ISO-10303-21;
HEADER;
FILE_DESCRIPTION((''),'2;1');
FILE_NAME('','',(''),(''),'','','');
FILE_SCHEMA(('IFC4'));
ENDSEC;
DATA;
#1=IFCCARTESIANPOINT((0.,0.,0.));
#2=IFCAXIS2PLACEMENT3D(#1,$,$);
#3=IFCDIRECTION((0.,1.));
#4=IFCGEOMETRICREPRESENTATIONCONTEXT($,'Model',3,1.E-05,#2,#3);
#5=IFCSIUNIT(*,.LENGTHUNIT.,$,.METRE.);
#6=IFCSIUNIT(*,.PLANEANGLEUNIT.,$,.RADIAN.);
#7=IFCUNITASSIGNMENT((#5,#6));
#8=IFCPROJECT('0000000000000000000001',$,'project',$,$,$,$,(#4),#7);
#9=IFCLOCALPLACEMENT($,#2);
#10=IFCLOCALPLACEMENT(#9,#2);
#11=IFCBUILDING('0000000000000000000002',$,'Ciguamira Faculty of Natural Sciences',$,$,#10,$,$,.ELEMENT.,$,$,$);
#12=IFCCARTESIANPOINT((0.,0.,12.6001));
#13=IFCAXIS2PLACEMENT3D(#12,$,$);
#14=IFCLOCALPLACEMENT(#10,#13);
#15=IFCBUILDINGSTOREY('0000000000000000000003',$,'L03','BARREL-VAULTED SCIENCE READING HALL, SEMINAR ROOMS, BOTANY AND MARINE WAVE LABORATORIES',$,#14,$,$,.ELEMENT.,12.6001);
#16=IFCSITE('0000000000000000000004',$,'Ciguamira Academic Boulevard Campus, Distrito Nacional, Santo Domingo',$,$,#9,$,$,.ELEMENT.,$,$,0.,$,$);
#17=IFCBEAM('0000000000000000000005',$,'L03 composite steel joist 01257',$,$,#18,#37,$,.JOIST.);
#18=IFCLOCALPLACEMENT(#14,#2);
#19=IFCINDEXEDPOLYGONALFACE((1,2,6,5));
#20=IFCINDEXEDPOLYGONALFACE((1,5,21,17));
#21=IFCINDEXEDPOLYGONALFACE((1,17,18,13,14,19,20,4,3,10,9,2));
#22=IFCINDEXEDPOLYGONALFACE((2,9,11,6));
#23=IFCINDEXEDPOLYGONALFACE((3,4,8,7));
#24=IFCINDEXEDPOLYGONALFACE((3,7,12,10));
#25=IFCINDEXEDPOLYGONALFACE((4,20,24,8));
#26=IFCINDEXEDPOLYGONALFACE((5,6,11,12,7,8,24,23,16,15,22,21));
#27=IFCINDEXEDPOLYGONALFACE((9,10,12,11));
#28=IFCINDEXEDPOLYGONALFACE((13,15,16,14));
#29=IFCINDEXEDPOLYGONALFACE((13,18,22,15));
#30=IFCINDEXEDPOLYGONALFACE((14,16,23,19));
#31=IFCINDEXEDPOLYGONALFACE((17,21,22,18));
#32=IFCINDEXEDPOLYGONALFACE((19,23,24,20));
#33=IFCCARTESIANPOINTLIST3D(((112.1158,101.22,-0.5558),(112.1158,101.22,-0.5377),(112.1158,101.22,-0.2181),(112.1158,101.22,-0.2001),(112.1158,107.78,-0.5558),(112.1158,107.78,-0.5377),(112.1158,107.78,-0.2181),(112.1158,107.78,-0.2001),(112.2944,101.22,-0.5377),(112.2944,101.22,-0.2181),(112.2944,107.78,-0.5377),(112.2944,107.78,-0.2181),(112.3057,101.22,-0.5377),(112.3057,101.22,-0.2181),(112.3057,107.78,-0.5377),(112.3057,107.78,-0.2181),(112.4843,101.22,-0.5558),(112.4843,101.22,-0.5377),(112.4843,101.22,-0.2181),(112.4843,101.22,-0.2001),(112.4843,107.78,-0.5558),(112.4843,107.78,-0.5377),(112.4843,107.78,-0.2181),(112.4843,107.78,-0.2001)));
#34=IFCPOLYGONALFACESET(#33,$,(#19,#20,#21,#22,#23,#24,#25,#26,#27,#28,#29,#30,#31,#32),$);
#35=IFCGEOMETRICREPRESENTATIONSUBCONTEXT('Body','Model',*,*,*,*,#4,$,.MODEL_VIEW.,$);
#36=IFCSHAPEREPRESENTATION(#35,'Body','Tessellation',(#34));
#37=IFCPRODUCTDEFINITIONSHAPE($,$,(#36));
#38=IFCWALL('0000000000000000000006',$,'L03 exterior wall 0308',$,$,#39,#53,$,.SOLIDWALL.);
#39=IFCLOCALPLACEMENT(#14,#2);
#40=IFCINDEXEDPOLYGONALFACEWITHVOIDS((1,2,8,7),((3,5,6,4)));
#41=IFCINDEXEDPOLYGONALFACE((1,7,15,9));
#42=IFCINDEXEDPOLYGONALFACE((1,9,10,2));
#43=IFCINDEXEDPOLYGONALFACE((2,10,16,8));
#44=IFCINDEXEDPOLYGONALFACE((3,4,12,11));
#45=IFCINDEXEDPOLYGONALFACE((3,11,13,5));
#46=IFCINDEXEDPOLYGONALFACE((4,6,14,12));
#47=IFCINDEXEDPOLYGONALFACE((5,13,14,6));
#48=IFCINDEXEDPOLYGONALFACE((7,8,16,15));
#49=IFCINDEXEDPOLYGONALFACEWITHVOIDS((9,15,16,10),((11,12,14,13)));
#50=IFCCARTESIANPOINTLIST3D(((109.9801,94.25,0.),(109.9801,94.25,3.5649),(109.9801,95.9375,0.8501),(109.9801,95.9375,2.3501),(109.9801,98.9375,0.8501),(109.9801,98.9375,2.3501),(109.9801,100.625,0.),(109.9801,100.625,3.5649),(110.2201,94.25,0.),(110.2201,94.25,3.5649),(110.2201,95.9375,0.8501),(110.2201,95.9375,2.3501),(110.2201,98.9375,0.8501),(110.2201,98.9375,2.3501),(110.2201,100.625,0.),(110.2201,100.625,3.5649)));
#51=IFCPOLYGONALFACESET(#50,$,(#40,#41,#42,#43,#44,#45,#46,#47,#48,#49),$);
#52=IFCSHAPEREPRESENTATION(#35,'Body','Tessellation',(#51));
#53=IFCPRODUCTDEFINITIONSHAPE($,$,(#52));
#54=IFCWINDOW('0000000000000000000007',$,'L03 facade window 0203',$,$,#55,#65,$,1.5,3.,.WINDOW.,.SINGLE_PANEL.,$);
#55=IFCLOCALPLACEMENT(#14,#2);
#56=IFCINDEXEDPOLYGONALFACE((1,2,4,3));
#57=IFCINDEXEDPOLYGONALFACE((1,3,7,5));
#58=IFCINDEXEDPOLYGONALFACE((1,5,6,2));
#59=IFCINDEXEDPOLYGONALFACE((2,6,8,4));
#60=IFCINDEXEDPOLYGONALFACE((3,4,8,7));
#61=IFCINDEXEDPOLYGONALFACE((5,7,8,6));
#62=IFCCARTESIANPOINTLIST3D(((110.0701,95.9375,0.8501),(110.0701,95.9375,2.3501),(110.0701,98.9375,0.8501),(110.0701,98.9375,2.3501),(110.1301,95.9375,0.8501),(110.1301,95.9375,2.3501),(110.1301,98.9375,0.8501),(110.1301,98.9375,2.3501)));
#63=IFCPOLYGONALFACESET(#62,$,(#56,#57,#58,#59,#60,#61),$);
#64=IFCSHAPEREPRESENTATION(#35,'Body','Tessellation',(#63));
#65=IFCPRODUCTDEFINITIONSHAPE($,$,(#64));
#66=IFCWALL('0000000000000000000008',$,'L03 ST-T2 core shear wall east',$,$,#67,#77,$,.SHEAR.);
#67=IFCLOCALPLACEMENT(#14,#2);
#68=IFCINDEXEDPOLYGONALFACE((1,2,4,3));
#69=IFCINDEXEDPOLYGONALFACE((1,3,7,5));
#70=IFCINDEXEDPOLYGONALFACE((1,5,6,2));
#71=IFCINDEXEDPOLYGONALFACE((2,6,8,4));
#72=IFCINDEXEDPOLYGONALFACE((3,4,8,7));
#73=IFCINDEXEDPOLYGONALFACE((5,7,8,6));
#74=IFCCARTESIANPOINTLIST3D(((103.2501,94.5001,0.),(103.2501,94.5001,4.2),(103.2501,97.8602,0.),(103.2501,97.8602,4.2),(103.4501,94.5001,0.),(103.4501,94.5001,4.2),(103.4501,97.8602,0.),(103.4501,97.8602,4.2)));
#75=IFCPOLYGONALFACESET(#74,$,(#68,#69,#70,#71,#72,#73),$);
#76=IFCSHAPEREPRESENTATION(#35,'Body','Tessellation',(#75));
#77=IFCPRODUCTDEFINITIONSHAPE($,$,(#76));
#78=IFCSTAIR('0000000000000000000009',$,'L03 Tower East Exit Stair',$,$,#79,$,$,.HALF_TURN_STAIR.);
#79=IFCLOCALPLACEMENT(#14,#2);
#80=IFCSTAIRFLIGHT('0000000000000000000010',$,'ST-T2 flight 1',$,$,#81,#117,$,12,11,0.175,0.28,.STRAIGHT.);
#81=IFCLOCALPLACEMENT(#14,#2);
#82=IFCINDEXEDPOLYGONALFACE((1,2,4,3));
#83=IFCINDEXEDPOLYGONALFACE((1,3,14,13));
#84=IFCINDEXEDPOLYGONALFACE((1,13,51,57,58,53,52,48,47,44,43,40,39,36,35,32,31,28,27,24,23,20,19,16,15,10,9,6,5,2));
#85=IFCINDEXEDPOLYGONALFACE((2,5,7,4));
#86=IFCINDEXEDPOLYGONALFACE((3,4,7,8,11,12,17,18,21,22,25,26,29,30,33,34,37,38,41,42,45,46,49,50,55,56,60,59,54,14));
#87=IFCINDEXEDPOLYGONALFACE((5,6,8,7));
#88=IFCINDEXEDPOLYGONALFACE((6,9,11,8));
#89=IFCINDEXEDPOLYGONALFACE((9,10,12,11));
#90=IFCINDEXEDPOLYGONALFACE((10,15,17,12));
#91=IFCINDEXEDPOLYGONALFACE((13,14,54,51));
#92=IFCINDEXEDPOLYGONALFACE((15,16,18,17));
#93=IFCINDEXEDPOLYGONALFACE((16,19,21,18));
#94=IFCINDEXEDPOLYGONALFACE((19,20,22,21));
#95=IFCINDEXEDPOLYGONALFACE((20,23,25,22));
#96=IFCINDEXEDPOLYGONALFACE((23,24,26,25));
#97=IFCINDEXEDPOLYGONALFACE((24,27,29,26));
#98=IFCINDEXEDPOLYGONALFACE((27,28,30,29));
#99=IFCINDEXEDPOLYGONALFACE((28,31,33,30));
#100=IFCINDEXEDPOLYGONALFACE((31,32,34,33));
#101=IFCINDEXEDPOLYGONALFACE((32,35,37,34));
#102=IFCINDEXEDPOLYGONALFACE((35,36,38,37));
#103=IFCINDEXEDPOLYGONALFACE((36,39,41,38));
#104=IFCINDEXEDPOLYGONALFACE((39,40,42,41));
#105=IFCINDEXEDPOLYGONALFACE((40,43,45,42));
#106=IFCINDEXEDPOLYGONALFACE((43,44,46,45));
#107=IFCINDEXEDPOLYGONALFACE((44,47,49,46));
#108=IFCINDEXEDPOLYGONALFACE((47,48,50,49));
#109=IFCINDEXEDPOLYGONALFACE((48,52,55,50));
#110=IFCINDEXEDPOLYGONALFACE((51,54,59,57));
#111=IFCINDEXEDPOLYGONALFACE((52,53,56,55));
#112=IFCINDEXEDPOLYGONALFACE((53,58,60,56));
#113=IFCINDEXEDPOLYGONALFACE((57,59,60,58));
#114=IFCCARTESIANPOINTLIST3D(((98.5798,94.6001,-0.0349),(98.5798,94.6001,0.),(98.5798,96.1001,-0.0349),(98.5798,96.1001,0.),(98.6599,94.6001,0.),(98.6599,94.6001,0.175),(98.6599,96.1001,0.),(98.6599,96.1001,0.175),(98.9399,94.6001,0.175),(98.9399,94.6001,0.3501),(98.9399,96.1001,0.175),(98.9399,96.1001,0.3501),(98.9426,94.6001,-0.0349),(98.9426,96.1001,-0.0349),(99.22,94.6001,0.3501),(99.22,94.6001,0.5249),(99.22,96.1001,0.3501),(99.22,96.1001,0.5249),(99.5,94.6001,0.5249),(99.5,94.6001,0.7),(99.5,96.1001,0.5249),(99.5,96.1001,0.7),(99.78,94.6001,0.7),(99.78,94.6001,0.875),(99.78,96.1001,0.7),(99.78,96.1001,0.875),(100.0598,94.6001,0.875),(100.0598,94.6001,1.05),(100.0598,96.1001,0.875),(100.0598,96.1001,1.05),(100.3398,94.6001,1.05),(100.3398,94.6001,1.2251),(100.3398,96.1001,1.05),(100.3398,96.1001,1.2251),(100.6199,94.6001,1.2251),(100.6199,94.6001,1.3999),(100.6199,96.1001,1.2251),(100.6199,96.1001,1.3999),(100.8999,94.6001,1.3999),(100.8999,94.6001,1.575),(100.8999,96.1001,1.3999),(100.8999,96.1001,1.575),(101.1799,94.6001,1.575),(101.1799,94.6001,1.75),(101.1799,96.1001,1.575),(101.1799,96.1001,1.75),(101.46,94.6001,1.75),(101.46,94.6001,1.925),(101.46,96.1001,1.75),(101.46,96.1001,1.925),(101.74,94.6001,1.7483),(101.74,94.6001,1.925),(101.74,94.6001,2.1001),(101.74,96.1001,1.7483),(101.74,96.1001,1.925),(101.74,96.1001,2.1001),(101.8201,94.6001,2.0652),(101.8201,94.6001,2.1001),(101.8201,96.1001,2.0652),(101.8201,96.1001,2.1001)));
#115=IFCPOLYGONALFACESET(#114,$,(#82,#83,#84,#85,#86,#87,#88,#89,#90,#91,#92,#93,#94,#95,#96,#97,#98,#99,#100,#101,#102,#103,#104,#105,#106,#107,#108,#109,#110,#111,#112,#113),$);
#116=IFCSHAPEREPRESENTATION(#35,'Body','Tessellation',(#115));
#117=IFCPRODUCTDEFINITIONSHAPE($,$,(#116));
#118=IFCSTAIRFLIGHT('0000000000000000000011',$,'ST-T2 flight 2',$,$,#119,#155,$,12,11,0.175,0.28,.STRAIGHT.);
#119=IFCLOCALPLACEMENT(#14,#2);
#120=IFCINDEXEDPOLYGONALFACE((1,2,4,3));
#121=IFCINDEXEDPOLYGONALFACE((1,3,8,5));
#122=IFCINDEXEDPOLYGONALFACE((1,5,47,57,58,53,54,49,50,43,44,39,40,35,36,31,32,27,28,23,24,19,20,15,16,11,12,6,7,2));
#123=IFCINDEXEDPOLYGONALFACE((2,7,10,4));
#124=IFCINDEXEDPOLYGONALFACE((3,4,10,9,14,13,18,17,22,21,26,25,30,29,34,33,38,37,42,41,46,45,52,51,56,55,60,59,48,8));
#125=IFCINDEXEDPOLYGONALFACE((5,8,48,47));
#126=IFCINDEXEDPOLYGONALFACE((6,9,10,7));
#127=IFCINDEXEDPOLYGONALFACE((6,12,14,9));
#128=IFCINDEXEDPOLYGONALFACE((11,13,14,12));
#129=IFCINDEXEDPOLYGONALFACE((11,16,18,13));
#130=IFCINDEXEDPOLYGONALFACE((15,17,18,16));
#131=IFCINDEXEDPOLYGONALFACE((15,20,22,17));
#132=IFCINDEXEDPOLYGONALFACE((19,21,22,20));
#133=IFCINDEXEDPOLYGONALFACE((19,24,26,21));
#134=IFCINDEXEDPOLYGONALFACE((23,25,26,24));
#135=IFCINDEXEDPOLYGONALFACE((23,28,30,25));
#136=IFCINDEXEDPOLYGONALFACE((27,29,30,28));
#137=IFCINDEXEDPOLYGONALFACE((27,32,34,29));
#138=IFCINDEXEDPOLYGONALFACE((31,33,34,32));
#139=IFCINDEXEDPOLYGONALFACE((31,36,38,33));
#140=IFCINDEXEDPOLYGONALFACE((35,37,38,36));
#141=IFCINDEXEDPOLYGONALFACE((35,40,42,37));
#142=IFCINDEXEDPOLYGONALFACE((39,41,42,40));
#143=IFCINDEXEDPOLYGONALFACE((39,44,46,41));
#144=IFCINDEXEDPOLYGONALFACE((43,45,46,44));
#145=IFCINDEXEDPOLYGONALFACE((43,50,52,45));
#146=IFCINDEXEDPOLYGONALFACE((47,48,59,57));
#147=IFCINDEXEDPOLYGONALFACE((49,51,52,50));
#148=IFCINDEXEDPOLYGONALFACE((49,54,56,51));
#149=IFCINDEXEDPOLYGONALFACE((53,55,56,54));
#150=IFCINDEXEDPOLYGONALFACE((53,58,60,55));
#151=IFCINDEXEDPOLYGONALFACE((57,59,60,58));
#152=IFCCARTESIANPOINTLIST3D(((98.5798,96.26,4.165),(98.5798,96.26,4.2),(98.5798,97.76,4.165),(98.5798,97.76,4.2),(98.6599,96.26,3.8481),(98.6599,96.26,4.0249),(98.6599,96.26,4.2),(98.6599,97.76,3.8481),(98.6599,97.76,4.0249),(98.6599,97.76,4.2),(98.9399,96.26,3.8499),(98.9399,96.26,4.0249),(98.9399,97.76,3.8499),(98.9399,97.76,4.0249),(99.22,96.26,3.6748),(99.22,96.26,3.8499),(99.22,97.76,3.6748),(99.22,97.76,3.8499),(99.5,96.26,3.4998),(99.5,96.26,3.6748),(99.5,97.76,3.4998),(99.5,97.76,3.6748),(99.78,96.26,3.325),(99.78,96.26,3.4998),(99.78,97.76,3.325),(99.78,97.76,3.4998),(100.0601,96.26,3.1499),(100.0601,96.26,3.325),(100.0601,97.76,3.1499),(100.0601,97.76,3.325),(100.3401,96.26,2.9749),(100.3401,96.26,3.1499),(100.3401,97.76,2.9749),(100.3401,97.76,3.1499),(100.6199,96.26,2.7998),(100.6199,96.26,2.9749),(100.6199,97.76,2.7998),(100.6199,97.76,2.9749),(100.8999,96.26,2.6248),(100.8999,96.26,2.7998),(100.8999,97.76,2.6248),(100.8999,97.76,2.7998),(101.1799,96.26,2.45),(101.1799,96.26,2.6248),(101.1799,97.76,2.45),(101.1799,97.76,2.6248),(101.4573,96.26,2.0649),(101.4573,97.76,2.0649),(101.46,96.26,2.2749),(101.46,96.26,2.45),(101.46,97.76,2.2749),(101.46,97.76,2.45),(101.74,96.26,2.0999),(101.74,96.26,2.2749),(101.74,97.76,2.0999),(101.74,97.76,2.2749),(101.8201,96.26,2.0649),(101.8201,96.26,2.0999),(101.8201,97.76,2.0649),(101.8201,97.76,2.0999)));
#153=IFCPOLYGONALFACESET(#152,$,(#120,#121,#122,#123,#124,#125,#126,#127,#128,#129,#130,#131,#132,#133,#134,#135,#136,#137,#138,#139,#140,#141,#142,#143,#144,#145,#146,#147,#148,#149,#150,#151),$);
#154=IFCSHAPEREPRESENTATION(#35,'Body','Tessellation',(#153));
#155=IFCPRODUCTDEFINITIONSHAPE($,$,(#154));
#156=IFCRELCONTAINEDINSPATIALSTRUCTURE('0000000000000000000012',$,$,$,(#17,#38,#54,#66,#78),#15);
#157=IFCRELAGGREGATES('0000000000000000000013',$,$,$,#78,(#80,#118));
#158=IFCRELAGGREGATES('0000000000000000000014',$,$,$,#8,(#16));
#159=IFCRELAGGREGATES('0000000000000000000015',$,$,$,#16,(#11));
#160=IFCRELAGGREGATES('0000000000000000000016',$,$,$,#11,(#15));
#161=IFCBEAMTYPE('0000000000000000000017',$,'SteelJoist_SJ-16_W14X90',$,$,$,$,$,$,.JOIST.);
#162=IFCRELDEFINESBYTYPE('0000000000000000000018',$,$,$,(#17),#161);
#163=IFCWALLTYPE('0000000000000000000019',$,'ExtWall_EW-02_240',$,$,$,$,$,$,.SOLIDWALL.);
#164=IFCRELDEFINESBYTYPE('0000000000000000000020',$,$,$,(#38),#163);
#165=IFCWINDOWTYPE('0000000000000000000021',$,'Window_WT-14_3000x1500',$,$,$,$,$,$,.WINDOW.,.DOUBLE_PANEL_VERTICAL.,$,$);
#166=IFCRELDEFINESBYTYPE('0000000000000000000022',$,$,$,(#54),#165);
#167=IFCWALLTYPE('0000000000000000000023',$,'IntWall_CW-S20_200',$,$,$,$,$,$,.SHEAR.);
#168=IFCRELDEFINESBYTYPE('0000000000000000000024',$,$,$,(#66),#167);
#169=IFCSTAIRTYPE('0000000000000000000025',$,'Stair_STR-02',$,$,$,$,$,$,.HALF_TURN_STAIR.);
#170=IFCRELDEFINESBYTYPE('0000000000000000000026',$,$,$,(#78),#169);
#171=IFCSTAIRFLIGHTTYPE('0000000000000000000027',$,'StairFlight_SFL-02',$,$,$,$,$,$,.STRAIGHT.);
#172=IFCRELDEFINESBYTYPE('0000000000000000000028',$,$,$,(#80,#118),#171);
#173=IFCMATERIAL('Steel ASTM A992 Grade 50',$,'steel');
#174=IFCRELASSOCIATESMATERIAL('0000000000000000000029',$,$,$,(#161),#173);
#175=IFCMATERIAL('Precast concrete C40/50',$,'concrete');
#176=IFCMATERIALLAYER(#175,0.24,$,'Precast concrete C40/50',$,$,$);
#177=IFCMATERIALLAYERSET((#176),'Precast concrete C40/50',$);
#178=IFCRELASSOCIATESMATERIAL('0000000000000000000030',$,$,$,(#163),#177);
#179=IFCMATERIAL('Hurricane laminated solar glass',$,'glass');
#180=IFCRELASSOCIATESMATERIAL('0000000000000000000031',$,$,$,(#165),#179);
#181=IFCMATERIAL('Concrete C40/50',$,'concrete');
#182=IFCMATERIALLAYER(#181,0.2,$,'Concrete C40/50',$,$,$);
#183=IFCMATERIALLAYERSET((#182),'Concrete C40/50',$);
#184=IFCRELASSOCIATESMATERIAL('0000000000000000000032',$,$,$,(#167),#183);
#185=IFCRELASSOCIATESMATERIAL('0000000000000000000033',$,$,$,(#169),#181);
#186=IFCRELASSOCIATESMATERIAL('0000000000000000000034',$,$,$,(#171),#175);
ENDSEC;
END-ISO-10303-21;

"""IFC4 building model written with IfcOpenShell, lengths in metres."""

from ifc_helpers import new_model, si_unit, direction, frame, frame_2d, origin, origin_2d, place, context, subcontext, project, spatial, polyline, rectangle, i_section, outline, extrude, material, layer, layer_set, material_profile, profile_set, type_object, element, fill, aggregate, save


model = new_model("IFC4")

# Units and contexts
model_context = context("Model", 3, precision=1e-05, world=origin(), true_north=direction((0.0, 1.0)))
body_context = subcontext(model_context, "Body", "Model", "MODEL_VIEW")
ifc_project = project(units=[si_unit("LENGTHUNIT", "METRE"), si_unit("PLANEANGLEUNIT", "RADIAN")], contexts=[model_context])

# Site, building, storey
site_placement = place(None, origin())
site = spatial("IfcSite", under=ifc_project, at=site_placement, Name="Ciguamira Academic Boulevard Campus, Distrito Nacional, Santo Domingo", CompositionType="ELEMENT", RefElevation=0.0)
building_placement = place(site_placement, origin())
building = spatial("IfcBuilding", under=site, at=building_placement, Name="Ciguamira Faculty of Natural Sciences", CompositionType="ELEMENT")
storey_placement = place(building_placement, frame((0.0, 0.0, 12.6001)))
storey = spatial("IfcBuildingStorey", under=building, at=storey_placement, Name="L03", Description="BARREL-VAULTED SCIENCE READING HALL, SEMINAR ROOMS, BOTANY AND MARINE WAVE LABORATORIES", CompositionType="ELEMENT", Elevation=12.6001)

# Beam
ifc_material_1 = material(Name="Concrete C40/50", Category="concrete")
ifc_material_2 = material(Name="Precast concrete C40/50", Category="concrete")
ifc_material_3 = material(Name="Steel ASTM A992 Grade 50", Category="steel")
ifc_material_profile_1 = material_profile(ifc_material_3, i_section(OverallWidth=0.3684, OverallDepth=0.3557, WebThickness=0.0112, FlangeThickness=0.0181, at=origin_2d()), Name="W14X90")
ifc_profile_set_1 = profile_set([ifc_material_profile_1], Name="Steel ASTM A992 Grade 50")
beam_type_1 = type_object("IfcBeamType", Name="SteelJoist_SJ-16_W14X90", PredefinedType="JOIST", material=ifc_profile_set_1)
beam_1_placement = place(storey_placement, frame((112.3, 101.22, -0.3779), z_axis=(0.0, 1.0, 0.0), x_axis=(-1.0, 0.0, 0.0)))
element("IfcBeam", 1, at=beam_1_placement, inside=storey, type_object=beam_type_1, Name="L03 composite steel joist 01257", PredefinedType="JOIST", context=body_context, shape_type="SweptSolid", body=[
    extrude(i_section(OverallWidth=0.3684, OverallDepth=0.3557, WebThickness=0.0112, FlangeThickness=0.0181, at=origin_2d()), origin(), (0.0, 0.0, 1.0), 6.5601),
])

# Wall, opening, window
ifc_layer_1 = layer(ifc_material_2, 0.24, Name="Precast concrete C40/50")
ifc_layer_set_1 = layer_set([ifc_layer_1], Name="Precast concrete C40/50")
wall_type_1 = type_object("IfcWallType", Name="ExtWall_EW-02_240", PredefinedType="SOLIDWALL", material=ifc_layer_set_1)
wall_1_placement = place(storey_placement, frame((110.1001, 94.25, 0.0), z_axis=(0.0, 0.0, 1.0), x_axis=(0.0, 1.0, 0.0)))
wall_1 = element("IfcWall", 2, at=wall_1_placement, inside=storey, type_object=wall_type_1, Name="L03 exterior wall 0308", PredefinedType="SOLIDWALL", context=body_context, shape_type="SweptSolid", body=[
    extrude(rectangle(XDim=6.375, YDim=0.24, at=frame_2d((3.1875, 0.0))), origin(), (0.0, 0.0, 1.0), 3.5649),
])
opening_placement = place(wall_1_placement, frame((1.6875, 0.0, 0.8501)))
opening = element("IfcOpeningElement", 3, at=opening_placement, cuts=wall_1, PredefinedType="OPENING", context=body_context, shape_type="SweptSolid", body=[
    extrude(rectangle(XDim=3.0, YDim=1.5, at=frame_2d((1.5, 0.75))), frame((0.0, 0.1299, 0.0), z_axis=(0.0, -1.0, 0.0), x_axis=(1.0, 0.0, 0.0)), (0.0, 0.0, 1.0), 0.26),
])
ifc_material_4 = material(Name="Hurricane laminated solar glass", Category="glass")
window_type = type_object("IfcWindowType", Name="Window_WT-14_3000x1500", PartitioningType="DOUBLE_PANEL_VERTICAL", PredefinedType="WINDOW", material=ifc_material_4)
window_placement = place(opening_placement, origin())
window = element("IfcWindow", 4, at=window_placement, inside=storey, type_object=window_type, Name="L03 facade window 0203", OverallHeight=1.5, OverallWidth=3.0, PartitioningType="SINGLE_PANEL", PredefinedType="WINDOW", context=body_context, shape_type="SweptSolid", body=[
    extrude(rectangle(XDim=3.0, YDim=1.5, at=frame_2d((1.5, 0.75))), frame((0.0, 0.03, 0.0), z_axis=(0.0, -1.0, 0.0), x_axis=(1.0, 0.0, 0.0)), (0.0, 0.0, 1.0), 0.0601),
])
fill(opening, window)

# Wall
ifc_layer_2 = layer(ifc_material_1, 0.2, Name="Concrete C40/50")
ifc_layer_set_2 = layer_set([ifc_layer_2], Name="Concrete C40/50")
wall_type_2 = type_object("IfcWallType", Name="IntWall_CW-S20_200", PredefinedType="SHEAR", material=ifc_layer_set_2)
wall_2_placement = place(storey_placement, frame((103.3501, 94.5, 0.0), z_axis=(0.0, 0.0, 1.0), x_axis=(0.0, 1.0, 0.0)))
element("IfcWall", 5, at=wall_2_placement, inside=storey, type_object=wall_type_2, Name="L03 ST-T2 core shear wall east", PredefinedType="SHEAR", context=body_context, shape_type="SweptSolid", body=[
    extrude(rectangle(XDim=3.3601, YDim=0.2, at=frame_2d((1.6802, 0.0))), origin(), (0.0, 0.0, 1.0), 4.2),
])

# Stair, stair flights
stair_type = type_object("IfcStairType", Name="Stair_STR-02", PredefinedType="HALF_TURN_STAIR", material=ifc_material_1)
stair_placement = place(storey_placement, origin())
stair = element("IfcStair", 6, at=stair_placement, inside=storey, type_object=stair_type, Name="L03 Tower East Exit Stair", PredefinedType="HALF_TURN_STAIR")
stair_flight_type = type_object("IfcStairFlightType", Name="StairFlight_SFL-02", PredefinedType="STRAIGHT", material=ifc_material_2)
stair_flight_1_placement = place(storey_placement, frame((98.6599, 95.3501, 0.0), z_axis=(0.0, 0.0, 1.0), x_axis=(1.0, 0.0, 0.0)))
stair_flight_1 = element("IfcStairFlight", 7, at=stair_flight_1_placement, type_object=stair_flight_type, Name="ST-T2 flight 1", NumberOfRisers=12, NumberOfTreads=11, PredefinedType="STRAIGHT", RiserHeight=0.175, TreadLength=0.28, context=body_context, shape_type="SweptSolid", body=[
    extrude(outline(polyline([(-0.0801, -0.0349), (-0.0801, 0.0), (0.0, 0.0), (0.0, 0.175), (0.28, 0.175), (0.28, 0.3501), (0.5601, 0.3501), (0.5601, 0.5249), (0.8401, 0.5249), (0.8401, 0.7), (1.1201, 0.7), (1.1201, 0.875), (1.3999, 0.875), (1.3999, 1.05), (1.6799, 1.05), (1.6799, 1.2251), (1.96, 1.2251), (1.96, 1.3999), (2.24, 1.3999), (2.24, 1.575), (2.52, 1.575), (2.52, 1.75), (2.8, 1.75), (2.8, 1.925), (3.0801, 1.925), (3.0801, 2.1001), (3.1602, 2.1001), (3.1602, 2.0652), (3.0801, 1.7483), (0.2827, -0.0349), (-0.0801, -0.0349)])), frame((0.0, 0.75, 0.0), z_axis=(0.0, -1.0, 0.0), x_axis=(1.0, 0.0, 0.0)), (0.0, 0.0, 1.0), 1.5),
])
stair_flight_2_placement = place(storey_placement, frame((101.74, 97.01, 2.0999), z_axis=(0.0, 0.0, 1.0), x_axis=(-1.0, 0.0, 0.0)))
stair_flight_2 = element("IfcStairFlight", 8, at=stair_flight_2_placement, type_object=stair_flight_type, Name="ST-T2 flight 2", NumberOfRisers=12, NumberOfTreads=11, PredefinedType="STRAIGHT", RiserHeight=0.175, TreadLength=0.28, context=body_context, shape_type="SweptSolid", body=[
    extrude(outline(polyline([(-0.0801, -0.0349), (-0.0801, 0.0), (0.0, 0.0), (0.0, 0.175), (0.28, 0.175), (0.28, 0.3501), (0.5601, 0.3501), (0.5601, 0.5249), (0.8401, 0.5249), (0.8401, 0.7), (1.1201, 0.7), (1.1201, 0.875), (1.3999, 0.875), (1.3999, 1.05), (1.6799, 1.05), (1.6799, 1.2251), (1.96, 1.2251), (1.96, 1.3999), (2.24, 1.3999), (2.24, 1.575), (2.52, 1.575), (2.52, 1.75), (2.8, 1.75), (2.8, 1.925), (3.0801, 1.925), (3.0801, 2.1001), (3.1602, 2.1001), (3.1602, 2.0652), (3.0801, 1.7483), (0.2827, -0.0349), (-0.0801, -0.0349)])), frame((0.0, 0.75, 0.0), z_axis=(0.0, -1.0, 0.0), x_axis=(1.0, 0.0, 0.0)), (0.0, 0.0, 1.0), 1.5),
])
aggregate(stair, [stair_flight_1, stair_flight_2])

save(model, "model.ifc")
